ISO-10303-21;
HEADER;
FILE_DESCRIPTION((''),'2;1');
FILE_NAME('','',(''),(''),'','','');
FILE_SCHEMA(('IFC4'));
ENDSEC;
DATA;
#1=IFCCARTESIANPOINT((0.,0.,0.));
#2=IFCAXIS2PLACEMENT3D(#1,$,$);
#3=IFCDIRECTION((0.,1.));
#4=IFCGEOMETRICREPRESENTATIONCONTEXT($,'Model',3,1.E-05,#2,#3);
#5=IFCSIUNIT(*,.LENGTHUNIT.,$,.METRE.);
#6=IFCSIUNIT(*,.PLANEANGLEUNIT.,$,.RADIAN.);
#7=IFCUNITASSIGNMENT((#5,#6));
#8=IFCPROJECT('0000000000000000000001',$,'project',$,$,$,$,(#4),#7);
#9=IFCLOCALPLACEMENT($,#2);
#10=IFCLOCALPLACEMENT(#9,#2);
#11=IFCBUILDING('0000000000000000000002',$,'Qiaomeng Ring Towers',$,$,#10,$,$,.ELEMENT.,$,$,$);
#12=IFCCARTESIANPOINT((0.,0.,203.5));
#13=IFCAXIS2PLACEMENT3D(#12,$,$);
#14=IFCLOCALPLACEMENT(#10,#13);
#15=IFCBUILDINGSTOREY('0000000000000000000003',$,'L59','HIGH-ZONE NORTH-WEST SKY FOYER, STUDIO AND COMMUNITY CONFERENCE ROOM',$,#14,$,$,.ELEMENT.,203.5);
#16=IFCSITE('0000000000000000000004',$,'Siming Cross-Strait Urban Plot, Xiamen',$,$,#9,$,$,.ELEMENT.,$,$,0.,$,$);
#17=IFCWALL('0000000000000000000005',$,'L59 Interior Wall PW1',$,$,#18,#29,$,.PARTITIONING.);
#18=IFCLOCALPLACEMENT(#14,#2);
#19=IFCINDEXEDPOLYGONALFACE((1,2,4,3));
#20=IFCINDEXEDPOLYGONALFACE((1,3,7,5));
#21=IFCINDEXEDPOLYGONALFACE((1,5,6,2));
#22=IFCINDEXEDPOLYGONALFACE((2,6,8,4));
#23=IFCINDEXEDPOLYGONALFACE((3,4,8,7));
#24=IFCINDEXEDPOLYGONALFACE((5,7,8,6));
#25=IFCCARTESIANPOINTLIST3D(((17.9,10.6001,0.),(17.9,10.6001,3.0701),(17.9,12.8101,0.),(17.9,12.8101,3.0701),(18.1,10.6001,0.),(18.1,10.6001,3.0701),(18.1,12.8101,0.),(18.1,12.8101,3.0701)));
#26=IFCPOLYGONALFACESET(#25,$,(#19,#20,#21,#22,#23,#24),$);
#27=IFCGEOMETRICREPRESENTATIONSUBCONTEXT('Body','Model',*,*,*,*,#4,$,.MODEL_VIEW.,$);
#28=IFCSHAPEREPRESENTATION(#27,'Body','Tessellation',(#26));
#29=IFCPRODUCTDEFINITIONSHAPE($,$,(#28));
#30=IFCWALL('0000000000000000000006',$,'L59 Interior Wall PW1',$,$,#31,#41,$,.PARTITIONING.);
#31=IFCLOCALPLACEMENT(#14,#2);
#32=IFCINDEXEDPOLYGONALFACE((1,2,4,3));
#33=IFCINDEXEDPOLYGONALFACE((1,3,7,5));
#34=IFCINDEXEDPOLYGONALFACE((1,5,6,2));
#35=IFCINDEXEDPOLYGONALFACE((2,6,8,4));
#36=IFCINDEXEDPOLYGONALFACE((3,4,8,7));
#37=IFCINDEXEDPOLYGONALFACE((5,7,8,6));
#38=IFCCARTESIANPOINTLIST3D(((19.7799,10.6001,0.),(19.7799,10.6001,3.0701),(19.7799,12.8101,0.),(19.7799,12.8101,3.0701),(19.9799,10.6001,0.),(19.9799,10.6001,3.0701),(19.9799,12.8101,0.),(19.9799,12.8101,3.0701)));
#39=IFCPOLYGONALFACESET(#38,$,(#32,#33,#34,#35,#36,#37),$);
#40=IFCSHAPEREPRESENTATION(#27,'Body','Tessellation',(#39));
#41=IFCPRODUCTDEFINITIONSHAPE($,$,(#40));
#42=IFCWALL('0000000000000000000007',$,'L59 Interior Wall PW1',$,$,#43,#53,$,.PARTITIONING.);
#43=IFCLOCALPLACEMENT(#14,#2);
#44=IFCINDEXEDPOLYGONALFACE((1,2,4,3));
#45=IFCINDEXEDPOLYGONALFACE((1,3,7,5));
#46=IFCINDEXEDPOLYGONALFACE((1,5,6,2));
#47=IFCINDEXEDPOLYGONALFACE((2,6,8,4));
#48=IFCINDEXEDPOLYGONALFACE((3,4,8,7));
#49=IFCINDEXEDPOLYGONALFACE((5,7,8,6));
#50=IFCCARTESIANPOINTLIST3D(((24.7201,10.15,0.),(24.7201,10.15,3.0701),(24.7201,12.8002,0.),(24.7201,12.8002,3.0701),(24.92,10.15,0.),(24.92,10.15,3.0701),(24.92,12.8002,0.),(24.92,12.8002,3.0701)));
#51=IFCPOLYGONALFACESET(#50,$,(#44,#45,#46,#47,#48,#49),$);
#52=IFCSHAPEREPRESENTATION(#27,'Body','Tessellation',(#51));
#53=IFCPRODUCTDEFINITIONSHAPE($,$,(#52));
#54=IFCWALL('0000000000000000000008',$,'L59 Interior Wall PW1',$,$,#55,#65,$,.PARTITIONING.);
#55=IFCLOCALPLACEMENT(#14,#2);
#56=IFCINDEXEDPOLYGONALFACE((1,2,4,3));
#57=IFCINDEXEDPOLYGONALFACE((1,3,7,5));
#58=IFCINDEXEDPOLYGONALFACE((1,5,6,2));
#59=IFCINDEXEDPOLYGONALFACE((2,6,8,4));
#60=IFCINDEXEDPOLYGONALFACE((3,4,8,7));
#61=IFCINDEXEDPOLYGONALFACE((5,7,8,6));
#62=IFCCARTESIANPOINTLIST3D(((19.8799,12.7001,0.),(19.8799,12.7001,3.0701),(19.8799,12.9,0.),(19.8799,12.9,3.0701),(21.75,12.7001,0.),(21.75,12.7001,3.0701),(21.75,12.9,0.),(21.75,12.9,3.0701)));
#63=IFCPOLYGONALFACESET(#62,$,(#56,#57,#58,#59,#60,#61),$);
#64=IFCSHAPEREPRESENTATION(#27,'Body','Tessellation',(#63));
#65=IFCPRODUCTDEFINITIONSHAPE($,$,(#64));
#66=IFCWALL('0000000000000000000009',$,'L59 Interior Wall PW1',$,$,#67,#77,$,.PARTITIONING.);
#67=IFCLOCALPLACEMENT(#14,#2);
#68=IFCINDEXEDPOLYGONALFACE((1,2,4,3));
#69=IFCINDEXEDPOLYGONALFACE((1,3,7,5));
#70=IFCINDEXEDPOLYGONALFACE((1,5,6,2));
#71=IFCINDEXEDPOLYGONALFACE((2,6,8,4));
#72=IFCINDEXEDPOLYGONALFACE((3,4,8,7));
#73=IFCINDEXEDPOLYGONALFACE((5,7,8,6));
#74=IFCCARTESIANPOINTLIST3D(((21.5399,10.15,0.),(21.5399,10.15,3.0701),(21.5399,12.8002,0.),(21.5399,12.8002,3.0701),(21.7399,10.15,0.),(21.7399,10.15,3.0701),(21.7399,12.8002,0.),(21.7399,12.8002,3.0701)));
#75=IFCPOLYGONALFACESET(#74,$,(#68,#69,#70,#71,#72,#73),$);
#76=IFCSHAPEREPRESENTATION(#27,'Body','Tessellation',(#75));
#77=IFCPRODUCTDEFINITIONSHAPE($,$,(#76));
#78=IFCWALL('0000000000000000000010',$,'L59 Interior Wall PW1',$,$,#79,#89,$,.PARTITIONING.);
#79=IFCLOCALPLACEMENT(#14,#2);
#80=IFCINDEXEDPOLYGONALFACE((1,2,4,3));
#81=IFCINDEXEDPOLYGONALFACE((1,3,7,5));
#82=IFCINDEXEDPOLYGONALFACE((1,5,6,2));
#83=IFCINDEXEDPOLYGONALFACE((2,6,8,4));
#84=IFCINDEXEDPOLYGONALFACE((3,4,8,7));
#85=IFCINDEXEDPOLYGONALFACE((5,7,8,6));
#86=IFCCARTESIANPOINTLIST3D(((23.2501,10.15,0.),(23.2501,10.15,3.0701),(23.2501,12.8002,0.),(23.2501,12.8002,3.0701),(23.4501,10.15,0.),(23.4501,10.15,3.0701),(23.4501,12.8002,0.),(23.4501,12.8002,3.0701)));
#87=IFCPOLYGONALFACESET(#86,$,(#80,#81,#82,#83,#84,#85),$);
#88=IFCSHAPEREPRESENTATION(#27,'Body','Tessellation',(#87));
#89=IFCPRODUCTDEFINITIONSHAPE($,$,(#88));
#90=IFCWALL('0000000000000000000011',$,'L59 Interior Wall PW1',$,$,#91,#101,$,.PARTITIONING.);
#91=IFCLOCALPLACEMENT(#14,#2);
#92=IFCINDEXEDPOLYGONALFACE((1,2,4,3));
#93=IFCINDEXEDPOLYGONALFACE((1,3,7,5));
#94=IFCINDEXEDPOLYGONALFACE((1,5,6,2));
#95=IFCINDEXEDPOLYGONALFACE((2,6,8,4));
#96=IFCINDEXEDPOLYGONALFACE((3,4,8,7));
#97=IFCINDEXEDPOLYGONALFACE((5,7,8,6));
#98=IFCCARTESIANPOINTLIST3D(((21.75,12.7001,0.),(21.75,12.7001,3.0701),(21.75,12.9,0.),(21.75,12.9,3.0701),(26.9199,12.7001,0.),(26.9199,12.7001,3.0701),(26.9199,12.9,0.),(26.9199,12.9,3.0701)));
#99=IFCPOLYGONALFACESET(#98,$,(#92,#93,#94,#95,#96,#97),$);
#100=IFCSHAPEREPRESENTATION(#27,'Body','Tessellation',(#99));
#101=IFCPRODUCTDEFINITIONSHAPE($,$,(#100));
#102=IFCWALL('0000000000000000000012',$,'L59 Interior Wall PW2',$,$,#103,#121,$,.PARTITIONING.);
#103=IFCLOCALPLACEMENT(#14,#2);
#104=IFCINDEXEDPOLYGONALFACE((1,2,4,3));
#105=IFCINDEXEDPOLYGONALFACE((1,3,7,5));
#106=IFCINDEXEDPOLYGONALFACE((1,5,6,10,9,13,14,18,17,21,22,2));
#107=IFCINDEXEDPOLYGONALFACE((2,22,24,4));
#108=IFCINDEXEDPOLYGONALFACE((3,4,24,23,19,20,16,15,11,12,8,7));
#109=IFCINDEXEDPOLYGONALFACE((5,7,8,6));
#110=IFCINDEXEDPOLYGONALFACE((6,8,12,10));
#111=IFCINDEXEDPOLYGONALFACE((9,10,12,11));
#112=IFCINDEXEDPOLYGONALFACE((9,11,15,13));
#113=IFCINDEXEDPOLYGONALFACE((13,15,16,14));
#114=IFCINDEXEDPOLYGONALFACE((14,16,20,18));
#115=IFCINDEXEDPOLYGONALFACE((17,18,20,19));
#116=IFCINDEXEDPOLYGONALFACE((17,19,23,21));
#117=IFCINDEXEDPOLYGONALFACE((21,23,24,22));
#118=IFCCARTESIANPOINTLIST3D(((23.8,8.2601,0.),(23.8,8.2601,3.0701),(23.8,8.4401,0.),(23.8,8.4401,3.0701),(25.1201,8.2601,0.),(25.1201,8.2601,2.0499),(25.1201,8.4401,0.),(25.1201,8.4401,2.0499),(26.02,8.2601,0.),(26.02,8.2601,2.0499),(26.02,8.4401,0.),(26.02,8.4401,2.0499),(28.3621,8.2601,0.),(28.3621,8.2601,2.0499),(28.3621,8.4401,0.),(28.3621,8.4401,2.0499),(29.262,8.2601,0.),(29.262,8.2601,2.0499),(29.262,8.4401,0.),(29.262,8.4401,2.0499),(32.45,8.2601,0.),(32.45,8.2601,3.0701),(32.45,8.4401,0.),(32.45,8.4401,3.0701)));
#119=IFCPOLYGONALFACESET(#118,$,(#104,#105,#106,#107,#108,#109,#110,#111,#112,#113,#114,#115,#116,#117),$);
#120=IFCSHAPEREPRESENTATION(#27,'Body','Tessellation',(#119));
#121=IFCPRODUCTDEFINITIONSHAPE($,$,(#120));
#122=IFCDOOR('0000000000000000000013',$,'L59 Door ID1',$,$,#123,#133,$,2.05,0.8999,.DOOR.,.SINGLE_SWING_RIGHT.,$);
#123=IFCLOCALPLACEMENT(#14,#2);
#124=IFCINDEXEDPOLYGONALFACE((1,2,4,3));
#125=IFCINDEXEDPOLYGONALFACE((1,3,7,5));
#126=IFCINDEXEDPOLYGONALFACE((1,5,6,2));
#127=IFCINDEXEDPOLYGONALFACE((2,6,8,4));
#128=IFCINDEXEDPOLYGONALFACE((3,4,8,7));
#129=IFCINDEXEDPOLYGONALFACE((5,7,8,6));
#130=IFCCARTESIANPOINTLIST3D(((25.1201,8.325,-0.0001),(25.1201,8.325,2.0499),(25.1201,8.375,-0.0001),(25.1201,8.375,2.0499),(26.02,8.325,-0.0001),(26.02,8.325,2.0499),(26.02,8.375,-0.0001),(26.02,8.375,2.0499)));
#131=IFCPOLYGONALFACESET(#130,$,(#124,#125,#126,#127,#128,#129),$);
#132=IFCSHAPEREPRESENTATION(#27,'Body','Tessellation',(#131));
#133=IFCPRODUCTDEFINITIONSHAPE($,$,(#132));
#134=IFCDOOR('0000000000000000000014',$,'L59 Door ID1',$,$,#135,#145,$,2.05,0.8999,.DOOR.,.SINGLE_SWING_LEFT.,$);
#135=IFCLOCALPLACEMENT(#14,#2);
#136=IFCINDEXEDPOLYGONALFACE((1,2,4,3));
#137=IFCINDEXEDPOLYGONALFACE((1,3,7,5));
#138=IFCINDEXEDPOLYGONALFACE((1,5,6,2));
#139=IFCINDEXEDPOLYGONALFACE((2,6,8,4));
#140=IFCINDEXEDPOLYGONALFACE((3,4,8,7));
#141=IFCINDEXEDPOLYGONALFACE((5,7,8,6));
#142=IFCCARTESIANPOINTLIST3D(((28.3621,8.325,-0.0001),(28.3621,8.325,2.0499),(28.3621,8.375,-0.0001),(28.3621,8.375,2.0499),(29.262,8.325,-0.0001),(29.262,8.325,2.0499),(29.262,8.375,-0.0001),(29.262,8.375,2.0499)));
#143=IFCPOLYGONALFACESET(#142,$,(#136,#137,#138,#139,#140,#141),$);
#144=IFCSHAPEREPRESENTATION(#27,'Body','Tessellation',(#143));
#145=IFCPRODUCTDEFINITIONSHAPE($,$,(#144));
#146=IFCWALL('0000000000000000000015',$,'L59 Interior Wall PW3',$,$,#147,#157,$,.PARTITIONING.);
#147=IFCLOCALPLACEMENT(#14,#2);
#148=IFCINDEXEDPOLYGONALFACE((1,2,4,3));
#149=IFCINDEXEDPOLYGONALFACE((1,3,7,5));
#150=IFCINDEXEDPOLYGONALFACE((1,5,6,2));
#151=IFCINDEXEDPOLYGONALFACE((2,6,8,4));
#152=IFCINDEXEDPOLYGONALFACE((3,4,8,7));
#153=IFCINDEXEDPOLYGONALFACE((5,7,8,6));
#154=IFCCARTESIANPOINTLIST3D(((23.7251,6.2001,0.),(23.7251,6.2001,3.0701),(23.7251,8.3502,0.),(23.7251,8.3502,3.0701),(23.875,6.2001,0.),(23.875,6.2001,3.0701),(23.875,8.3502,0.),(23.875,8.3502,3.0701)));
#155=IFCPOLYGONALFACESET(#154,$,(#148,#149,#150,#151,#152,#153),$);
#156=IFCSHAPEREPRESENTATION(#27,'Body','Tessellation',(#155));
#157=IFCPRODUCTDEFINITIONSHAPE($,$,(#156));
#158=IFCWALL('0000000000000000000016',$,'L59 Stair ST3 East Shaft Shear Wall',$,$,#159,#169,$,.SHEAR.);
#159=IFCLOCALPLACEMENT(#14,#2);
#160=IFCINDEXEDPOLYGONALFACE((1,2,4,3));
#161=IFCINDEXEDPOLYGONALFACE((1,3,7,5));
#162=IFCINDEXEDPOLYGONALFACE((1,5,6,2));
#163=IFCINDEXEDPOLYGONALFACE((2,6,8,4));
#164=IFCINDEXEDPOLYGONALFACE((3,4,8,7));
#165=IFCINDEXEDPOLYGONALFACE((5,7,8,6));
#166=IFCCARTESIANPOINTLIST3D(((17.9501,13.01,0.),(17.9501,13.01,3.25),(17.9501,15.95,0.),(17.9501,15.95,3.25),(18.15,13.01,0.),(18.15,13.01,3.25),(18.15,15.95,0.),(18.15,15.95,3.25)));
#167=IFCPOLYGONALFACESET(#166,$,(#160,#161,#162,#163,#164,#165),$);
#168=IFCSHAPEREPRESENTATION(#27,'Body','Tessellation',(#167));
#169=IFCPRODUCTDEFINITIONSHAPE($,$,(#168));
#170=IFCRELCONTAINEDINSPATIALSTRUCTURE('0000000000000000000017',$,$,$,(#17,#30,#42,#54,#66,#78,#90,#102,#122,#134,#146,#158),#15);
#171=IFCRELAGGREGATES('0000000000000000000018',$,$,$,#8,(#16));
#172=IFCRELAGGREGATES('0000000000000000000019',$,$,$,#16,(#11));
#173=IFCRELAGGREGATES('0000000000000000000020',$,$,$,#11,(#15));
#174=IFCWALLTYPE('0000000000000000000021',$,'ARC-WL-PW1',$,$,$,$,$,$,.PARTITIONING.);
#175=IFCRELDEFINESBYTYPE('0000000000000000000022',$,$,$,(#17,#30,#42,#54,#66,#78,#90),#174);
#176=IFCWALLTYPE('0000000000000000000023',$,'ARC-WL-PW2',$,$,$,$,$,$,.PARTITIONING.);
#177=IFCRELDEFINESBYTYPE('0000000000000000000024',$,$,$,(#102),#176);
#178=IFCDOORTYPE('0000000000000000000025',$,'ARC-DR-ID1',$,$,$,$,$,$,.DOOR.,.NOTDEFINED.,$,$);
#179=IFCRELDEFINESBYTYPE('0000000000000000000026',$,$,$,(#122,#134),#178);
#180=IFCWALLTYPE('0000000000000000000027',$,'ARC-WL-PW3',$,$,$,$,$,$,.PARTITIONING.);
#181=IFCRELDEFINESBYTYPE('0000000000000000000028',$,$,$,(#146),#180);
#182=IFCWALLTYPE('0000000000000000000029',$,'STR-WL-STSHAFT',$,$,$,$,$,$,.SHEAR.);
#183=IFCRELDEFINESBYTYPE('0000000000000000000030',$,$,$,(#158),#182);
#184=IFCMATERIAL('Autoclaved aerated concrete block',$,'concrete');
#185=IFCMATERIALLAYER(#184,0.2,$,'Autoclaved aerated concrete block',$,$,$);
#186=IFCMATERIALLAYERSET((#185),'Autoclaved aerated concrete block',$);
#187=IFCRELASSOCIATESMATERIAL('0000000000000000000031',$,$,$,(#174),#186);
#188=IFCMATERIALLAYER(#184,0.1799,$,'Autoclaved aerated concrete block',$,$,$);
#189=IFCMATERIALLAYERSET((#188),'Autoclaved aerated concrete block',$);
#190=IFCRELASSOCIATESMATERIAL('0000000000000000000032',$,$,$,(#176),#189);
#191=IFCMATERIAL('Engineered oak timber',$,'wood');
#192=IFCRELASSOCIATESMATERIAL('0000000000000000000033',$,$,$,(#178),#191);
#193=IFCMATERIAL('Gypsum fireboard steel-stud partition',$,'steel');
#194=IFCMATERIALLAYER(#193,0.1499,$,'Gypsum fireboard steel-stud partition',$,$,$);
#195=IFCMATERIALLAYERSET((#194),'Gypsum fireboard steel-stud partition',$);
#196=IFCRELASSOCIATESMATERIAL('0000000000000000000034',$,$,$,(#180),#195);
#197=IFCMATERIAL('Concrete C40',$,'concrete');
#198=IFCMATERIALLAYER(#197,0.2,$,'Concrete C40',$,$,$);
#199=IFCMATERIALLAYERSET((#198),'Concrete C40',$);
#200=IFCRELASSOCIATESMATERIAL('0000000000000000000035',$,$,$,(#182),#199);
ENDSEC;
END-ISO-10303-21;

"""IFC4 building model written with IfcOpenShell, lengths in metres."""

from ifc_helpers import new_model, si_unit, direction, frame, frame_2d, origin, place, context, subcontext, project, spatial, rectangle, extrude, source, transform, mapped, material, layer, layer_set, type_object, element, fill, save


model = new_model("IFC4")

# Units and contexts
model_context = context("Model", 3, precision=1e-05, world=origin(), true_north=direction((0.0, 1.0)))
body_context = subcontext(model_context, "Body", "Model", "MODEL_VIEW")
ifc_project = project(units=[si_unit("LENGTHUNIT", "METRE"), si_unit("PLANEANGLEUNIT", "RADIAN")], contexts=[model_context])

# Site, building, storey
site_placement = place(None, origin())
site = spatial("IfcSite", under=ifc_project, at=site_placement, Name="Siming Cross-Strait Urban Plot, Xiamen", CompositionType="ELEMENT", RefElevation=0.0)
building_placement = place(site_placement, origin())
building = spatial("IfcBuilding", under=site, at=building_placement, Name="Qiaomeng Ring Towers", CompositionType="ELEMENT")
storey_placement = place(building_placement, frame((0.0, 0.0, 203.5)))
storey = spatial("IfcBuildingStorey", under=building, at=storey_placement, Name="L59", Description="HIGH-ZONE NORTH-WEST SKY FOYER, STUDIO AND COMMUNITY CONFERENCE ROOM", CompositionType="ELEMENT", Elevation=203.5)

# Walls
ifc_material_1 = material(Name="Autoclaved aerated concrete block", Category="concrete")
ifc_layer_1 = layer(ifc_material_1, 0.2, Name="Autoclaved aerated concrete block")
ifc_layer_set_1 = layer_set([ifc_layer_1], Name="Autoclaved aerated concrete block")
wall_type_1 = type_object("IfcWallType", Name="ARC-WL-PW1", PredefinedType="PARTITIONING", material=ifc_layer_set_1)
for number, where, z_axis, x_axis, name in (
    (1, (18.0, 10.6001, 0.0), (0.0, 0.0, 1.0), (0.0, 1.0, 0.0), "L59 Interior Wall PW1"),
    (2, (19.8799, 10.6001, 0.0), (0.0, 0.0, 1.0), (0.0, 1.0, 0.0), "L59 Interior Wall PW1"),
):
    element("IfcWall", number, at=place(storey_placement, frame(where, z_axis=z_axis, x_axis=x_axis)), inside=storey, type_object=wall_type_1, Name=name, PredefinedType="PARTITIONING", context=body_context, shape_type="SweptSolid", body=[
        extrude(rectangle(XDim=2.21, YDim=0.2, at=frame_2d((1.105, 0.0))), origin(), (0.0, 0.0, 1.0), 3.0701),
    ])
wall_1_placement = place(storey_placement, frame((24.8201, 10.1499, 0.0), z_axis=(0.0, 0.0, 1.0), x_axis=(0.0, 1.0, 0.0)))
element("IfcWall", 3, at=wall_1_placement, inside=storey, type_object=wall_type_1, Name="L59 Interior Wall PW1", PredefinedType="PARTITIONING", context=body_context, shape_type="SweptSolid", body=[
    extrude(rectangle(XDim=2.6501, YDim=0.2, at=frame_2d((1.3252, 0.0))), origin(), (0.0, 0.0, 1.0), 3.0701),
])
wall_2_placement = place(storey_placement, frame((19.8799, 12.8, 0.0), z_axis=(0.0, 0.0, 1.0), x_axis=(1.0, 0.0, 0.0)))
element("IfcWall", 4, at=wall_2_placement, inside=storey, type_object=wall_type_1, Name="L59 Interior Wall PW1", PredefinedType="PARTITIONING", context=body_context, shape_type="SweptSolid", body=[
    extrude(rectangle(XDim=1.8701, YDim=0.2, at=frame_2d((0.9351, 0.0))), origin(), (0.0, 0.0, 1.0), 3.0701),
])
for number, where, z_axis, x_axis, name in (
    (5, (21.6399, 10.1499, 0.0), (0.0, 0.0, 1.0), (0.0, 1.0, 0.0), "L59 Interior Wall PW1"),
    (6, (23.3501, 10.1499, 0.0), (0.0, 0.0, 1.0), (0.0, 1.0, 0.0), "L59 Interior Wall PW1"),
):
    element("IfcWall", number, at=place(storey_placement, frame(where, z_axis=z_axis, x_axis=x_axis)), inside=storey, type_object=wall_type_1, Name=name, PredefinedType="PARTITIONING", context=body_context, shape_type="SweptSolid", body=[
        extrude(rectangle(XDim=2.6501, YDim=0.2, at=frame_2d((1.3252, 0.0))), origin(), (0.0, 0.0, 1.0), 3.0701),
    ])
wall_3_placement = place(storey_placement, frame((21.75, 12.8, 0.0), z_axis=(0.0, 0.0, 1.0), x_axis=(1.0, 0.0, 0.0)))
element("IfcWall", 7, at=wall_3_placement, inside=storey, type_object=wall_type_1, Name="L59 Interior Wall PW1", PredefinedType="PARTITIONING", context=body_context, shape_type="SweptSolid", body=[
    extrude(rectangle(XDim=5.1699, YDim=0.2, at=frame_2d((2.585, 0.0))), origin(), (0.0, 0.0, 1.0), 3.0701),
])

# Wall, openings, doors
ifc_layer_2 = layer(ifc_material_1, 0.1799, Name="Autoclaved aerated concrete block")
ifc_layer_set_2 = layer_set([ifc_layer_2], Name="Autoclaved aerated concrete block")
wall_type_2 = type_object("IfcWallType", Name="ARC-WL-PW2", PredefinedType="PARTITIONING", material=ifc_layer_set_2)
wall_4_placement = place(storey_placement, frame((23.8, 8.3501, 0.0), z_axis=(0.0, 0.0, 1.0), x_axis=(1.0, 0.0, 0.0)))
wall_4 = element("IfcWall", 8, at=wall_4_placement, inside=storey, type_object=wall_type_2, Name="L59 Interior Wall PW2", PredefinedType="PARTITIONING", context=body_context, shape_type="SweptSolid", body=[
    extrude(rectangle(XDim=8.6499, YDim=0.1799, at=frame_2d((4.325, 0.0))), origin(), (0.0, 0.0, 1.0), 3.0701),
])
opening_1_placement = place(wall_4_placement, frame((1.3201, 0.0, 0.0)))
opening_1 = element("IfcOpeningElement", 9, at=opening_1_placement, cuts=wall_4, PredefinedType="OPENING", context=body_context, shape_type="SweptSolid", body=[
    extrude(rectangle(XDim=0.8999, YDim=2.05, at=frame_2d((0.45, 1.0249))), frame((0.0, 0.0999, 0.0), z_axis=(0.0, -1.0, 0.0), x_axis=(1.0, 0.0, 0.0)), (0.0, 0.0, 1.0), 0.2),
])
opening_2_placement = place(wall_4_placement, frame((4.562, 0.0, 0.0)))
opening_2 = element("IfcOpeningElement", 10, at=opening_2_placement, cuts=wall_4, PredefinedType="OPENING", context=body_context, shape_type="SweptSolid", body=[
    extrude(rectangle(XDim=0.8999, YDim=2.05, at=frame_2d((0.45, 1.0249))), frame((0.0, 0.0999, 0.0), z_axis=(0.0, -1.0, 0.0), x_axis=(1.0, 0.0, 0.0)), (0.0, 0.0, 1.0), 0.2),
])
ifc_material_2 = material(Name="Engineered oak timber", Category="wood")
door_type_1 = type_object("IfcDoorType", Name="ARC-DR-ID1", OperationType="NOTDEFINED", PredefinedType="DOOR", material=ifc_material_2)
shared_shape_1 = source(origin(), body_context, "Body", "SweptSolid", [
    extrude(rectangle(XDim=0.8999, YDim=2.05, at=frame_2d((0.45, 1.0249))), frame((0.0, 0.0249, 0.0), z_axis=(0.0, -1.0, 0.0), x_axis=(1.0, 0.0, 0.0)), (0.0, 0.0, 1.0), 0.05),
])
door_1_placement = place(opening_1_placement, origin())
door_1 = element("IfcDoor", 11, at=door_1_placement, inside=storey, type_object=door_type_1, Name="L59 Door ID1", OperationType="SINGLE_SWING_RIGHT", OverallHeight=2.05, OverallWidth=0.8999, PredefinedType="DOOR", context=body_context, shape_type="MappedRepresentation", body=[
    mapped(shared_shape_1, transform((0.0, 0.0, 0.0), x_axis=(1.0, 0.0, 0.0), y_axis=(0.0, 1.0, 0.0), z_axis=(0.0, 0.0, 1.0), scale=1.0)),
])
fill(opening_1, door_1)
door_2_placement = place(opening_2_placement, origin())
door_2 = element("IfcDoor", 12, at=door_2_placement, inside=storey, type_object=door_type_1, Name="L59 Door ID1", OperationType="SINGLE_SWING_LEFT", OverallHeight=2.05, OverallWidth=0.8999, PredefinedType="DOOR", context=body_context, shape_type="MappedRepresentation", body=[
    mapped(shared_shape_1, transform((0.0, 0.0, 0.0), x_axis=(1.0, 0.0, 0.0), y_axis=(0.0, 1.0, 0.0), z_axis=(0.0, 0.0, 1.0), scale=1.0)),
])
fill(opening_2, door_2)

# Walls
ifc_material_3 = material(Name="Gypsum fireboard steel-stud partition", Category="steel")
ifc_layer_3 = layer(ifc_material_3, 0.1499, Name="Gypsum fireboard steel-stud partition")
ifc_layer_set_3 = layer_set([ifc_layer_3], Name="Gypsum fireboard steel-stud partition")
wall_type_3 = type_object("IfcWallType", Name="ARC-WL-PW3", PredefinedType="PARTITIONING", material=ifc_layer_set_3)
wall_5_placement = place(storey_placement, frame((23.8, 6.2, 0.0), z_axis=(0.0, 0.0, 1.0), x_axis=(0.0, 1.0, 0.0)))
element("IfcWall", 13, at=wall_5_placement, inside=storey, type_object=wall_type_3, Name="L59 Interior Wall PW3", PredefinedType="PARTITIONING", context=body_context, shape_type="SweptSolid", body=[
    extrude(rectangle(XDim=2.1501, YDim=0.1499, at=frame_2d((1.0752, 0.0))), origin(), (0.0, 0.0, 1.0), 3.0701),
])
ifc_material_4 = material(Name="Concrete C40", Category="concrete")
ifc_layer_4 = layer(ifc_material_4, 0.2, Name="Concrete C40")
ifc_layer_set_4 = layer_set([ifc_layer_4], Name="Concrete C40")
wall_type_4 = type_object("IfcWallType", Name="STR-WL-STSHAFT", PredefinedType="SHEAR", material=ifc_layer_set_4)
wall_6_placement = place(storey_placement, frame((18.05, 13.01, 0.0), z_axis=(0.0, 0.0, 1.0), x_axis=(0.0, 1.0, 0.0)))
element("IfcWall", 14, at=wall_6_placement, inside=storey, type_object=wall_type_4, Name="L59 Stair ST3 East Shaft Shear Wall", PredefinedType="SHEAR", context=body_context, shape_type="SweptSolid", body=[
    extrude(rectangle(XDim=2.9399, YDim=0.2, at=frame_2d((1.47, 0.0))), origin(), (0.0, 0.0, 1.0), 3.25),
])

save(model, "model.ifc")
